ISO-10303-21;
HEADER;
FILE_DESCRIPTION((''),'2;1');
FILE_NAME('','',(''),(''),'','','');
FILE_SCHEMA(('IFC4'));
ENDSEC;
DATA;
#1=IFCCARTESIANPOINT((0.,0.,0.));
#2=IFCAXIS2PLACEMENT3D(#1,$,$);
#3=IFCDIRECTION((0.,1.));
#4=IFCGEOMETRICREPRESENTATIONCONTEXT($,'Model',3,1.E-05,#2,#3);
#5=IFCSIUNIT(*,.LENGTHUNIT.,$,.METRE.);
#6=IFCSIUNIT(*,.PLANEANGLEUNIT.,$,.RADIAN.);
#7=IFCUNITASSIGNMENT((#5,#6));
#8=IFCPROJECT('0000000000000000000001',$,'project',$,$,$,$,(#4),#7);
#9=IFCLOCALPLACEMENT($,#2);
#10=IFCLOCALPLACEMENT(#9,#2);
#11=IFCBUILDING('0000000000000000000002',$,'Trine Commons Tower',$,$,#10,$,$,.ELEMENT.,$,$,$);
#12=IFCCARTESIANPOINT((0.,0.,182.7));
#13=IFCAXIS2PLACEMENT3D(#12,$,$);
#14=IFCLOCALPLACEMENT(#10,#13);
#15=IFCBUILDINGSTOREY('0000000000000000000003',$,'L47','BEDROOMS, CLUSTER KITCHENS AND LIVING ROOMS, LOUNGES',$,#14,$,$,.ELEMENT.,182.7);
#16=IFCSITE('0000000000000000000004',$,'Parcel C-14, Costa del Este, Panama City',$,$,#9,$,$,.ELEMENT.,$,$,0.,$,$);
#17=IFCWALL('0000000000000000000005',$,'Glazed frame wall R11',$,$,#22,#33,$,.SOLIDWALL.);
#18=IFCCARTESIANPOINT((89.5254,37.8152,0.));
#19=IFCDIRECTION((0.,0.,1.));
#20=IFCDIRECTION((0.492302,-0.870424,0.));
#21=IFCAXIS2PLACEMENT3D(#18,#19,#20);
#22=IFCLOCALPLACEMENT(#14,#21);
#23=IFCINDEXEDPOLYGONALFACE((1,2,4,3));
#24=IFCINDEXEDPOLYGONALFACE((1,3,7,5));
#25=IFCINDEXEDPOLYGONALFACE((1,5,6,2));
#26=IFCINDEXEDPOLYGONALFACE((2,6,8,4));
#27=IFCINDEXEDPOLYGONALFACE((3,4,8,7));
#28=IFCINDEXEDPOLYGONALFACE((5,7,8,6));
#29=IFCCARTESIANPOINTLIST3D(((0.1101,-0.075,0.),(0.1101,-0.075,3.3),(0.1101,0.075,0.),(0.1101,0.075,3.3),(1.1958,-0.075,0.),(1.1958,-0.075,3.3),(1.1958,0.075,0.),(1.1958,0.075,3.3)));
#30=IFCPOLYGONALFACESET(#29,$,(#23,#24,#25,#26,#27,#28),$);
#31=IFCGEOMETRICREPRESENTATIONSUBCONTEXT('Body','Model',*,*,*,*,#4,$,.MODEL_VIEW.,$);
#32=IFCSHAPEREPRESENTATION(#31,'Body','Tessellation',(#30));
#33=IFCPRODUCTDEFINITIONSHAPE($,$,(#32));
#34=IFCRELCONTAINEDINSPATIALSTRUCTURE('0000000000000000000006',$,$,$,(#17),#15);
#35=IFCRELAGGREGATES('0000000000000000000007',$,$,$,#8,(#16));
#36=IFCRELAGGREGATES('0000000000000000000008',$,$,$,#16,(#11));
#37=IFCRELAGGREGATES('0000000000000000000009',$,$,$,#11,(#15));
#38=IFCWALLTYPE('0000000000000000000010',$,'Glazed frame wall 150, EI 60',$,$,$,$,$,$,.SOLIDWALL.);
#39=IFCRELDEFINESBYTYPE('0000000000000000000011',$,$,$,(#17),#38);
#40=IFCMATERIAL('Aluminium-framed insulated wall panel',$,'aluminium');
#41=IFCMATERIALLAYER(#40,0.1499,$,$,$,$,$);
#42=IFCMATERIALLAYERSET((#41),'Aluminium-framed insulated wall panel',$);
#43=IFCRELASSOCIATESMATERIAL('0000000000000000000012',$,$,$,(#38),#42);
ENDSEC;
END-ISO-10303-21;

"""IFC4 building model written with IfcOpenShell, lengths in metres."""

from ifc_helpers import new_model, si_unit, direction, frame, origin, place, context, subcontext, project, spatial, polyline, outline, extrude, material, layer, layer_set, type_object, element, save


model = new_model("IFC4")

# Units and contexts
model_context = context("Model", 3, precision=1e-05, world=origin(), true_north=direction((0.0, 1.0)))
body_context = subcontext(model_context, "Body", "Model", "MODEL_VIEW")
ifc_project = project(units=[si_unit("LENGTHUNIT", "METRE"), si_unit("PLANEANGLEUNIT", "RADIAN")], contexts=[model_context])

# Site, building, storey
site_placement = place(None, origin())
site = spatial("IfcSite", under=ifc_project, at=site_placement, Name="Parcel C-14, Costa del Este, Panama City", CompositionType="ELEMENT", RefElevation=0.0)
building_placement = place(site_placement, origin())
building = spatial("IfcBuilding", under=site, at=building_placement, Name="Trine Commons Tower", CompositionType="ELEMENT")
storey_placement = place(building_placement, frame((0.0, 0.0, 182.7)))
storey = spatial("IfcBuildingStorey", under=building, at=storey_placement, Name="L47", Description="BEDROOMS, CLUSTER KITCHENS AND LIVING ROOMS, LOUNGES", CompositionType="ELEMENT", Elevation=182.7)

# Wall
ifc_material_1 = material(Name="Aluminium-framed insulated wall panel", Category="aluminium")
ifc_layer_1 = layer(ifc_material_1, 0.1499)
ifc_layer_set_1 = layer_set([ifc_layer_1], Name="Aluminium-framed insulated wall panel")
wall_type_1 = type_object("IfcWallType", Name="Glazed frame wall 150, EI 60", PredefinedType="SOLIDWALL", material=ifc_layer_set_1)
wall_1_placement = place(storey_placement, frame((89.5254, 37.8152, 0.0), z_axis=(0.0, 0.0, 1.0), x_axis=(0.492302, -0.870424, 0.0)))
element("IfcWall", 1, at=wall_1_placement, inside=storey, type_object=wall_type_1, Name="Glazed frame wall R11", PredefinedType="SOLIDWALL", context=body_context, shape_type="SweptSolid", body=[
    extrude(outline(polyline([(0.1101, 0.075), (0.1101, -0.075), (1.1958, -0.075), (1.1958, 0.075), (0.1101, 0.075)])), origin(), (0.0, 0.0, 1.0), 3.3),
])

save(model, "model.ifc")
